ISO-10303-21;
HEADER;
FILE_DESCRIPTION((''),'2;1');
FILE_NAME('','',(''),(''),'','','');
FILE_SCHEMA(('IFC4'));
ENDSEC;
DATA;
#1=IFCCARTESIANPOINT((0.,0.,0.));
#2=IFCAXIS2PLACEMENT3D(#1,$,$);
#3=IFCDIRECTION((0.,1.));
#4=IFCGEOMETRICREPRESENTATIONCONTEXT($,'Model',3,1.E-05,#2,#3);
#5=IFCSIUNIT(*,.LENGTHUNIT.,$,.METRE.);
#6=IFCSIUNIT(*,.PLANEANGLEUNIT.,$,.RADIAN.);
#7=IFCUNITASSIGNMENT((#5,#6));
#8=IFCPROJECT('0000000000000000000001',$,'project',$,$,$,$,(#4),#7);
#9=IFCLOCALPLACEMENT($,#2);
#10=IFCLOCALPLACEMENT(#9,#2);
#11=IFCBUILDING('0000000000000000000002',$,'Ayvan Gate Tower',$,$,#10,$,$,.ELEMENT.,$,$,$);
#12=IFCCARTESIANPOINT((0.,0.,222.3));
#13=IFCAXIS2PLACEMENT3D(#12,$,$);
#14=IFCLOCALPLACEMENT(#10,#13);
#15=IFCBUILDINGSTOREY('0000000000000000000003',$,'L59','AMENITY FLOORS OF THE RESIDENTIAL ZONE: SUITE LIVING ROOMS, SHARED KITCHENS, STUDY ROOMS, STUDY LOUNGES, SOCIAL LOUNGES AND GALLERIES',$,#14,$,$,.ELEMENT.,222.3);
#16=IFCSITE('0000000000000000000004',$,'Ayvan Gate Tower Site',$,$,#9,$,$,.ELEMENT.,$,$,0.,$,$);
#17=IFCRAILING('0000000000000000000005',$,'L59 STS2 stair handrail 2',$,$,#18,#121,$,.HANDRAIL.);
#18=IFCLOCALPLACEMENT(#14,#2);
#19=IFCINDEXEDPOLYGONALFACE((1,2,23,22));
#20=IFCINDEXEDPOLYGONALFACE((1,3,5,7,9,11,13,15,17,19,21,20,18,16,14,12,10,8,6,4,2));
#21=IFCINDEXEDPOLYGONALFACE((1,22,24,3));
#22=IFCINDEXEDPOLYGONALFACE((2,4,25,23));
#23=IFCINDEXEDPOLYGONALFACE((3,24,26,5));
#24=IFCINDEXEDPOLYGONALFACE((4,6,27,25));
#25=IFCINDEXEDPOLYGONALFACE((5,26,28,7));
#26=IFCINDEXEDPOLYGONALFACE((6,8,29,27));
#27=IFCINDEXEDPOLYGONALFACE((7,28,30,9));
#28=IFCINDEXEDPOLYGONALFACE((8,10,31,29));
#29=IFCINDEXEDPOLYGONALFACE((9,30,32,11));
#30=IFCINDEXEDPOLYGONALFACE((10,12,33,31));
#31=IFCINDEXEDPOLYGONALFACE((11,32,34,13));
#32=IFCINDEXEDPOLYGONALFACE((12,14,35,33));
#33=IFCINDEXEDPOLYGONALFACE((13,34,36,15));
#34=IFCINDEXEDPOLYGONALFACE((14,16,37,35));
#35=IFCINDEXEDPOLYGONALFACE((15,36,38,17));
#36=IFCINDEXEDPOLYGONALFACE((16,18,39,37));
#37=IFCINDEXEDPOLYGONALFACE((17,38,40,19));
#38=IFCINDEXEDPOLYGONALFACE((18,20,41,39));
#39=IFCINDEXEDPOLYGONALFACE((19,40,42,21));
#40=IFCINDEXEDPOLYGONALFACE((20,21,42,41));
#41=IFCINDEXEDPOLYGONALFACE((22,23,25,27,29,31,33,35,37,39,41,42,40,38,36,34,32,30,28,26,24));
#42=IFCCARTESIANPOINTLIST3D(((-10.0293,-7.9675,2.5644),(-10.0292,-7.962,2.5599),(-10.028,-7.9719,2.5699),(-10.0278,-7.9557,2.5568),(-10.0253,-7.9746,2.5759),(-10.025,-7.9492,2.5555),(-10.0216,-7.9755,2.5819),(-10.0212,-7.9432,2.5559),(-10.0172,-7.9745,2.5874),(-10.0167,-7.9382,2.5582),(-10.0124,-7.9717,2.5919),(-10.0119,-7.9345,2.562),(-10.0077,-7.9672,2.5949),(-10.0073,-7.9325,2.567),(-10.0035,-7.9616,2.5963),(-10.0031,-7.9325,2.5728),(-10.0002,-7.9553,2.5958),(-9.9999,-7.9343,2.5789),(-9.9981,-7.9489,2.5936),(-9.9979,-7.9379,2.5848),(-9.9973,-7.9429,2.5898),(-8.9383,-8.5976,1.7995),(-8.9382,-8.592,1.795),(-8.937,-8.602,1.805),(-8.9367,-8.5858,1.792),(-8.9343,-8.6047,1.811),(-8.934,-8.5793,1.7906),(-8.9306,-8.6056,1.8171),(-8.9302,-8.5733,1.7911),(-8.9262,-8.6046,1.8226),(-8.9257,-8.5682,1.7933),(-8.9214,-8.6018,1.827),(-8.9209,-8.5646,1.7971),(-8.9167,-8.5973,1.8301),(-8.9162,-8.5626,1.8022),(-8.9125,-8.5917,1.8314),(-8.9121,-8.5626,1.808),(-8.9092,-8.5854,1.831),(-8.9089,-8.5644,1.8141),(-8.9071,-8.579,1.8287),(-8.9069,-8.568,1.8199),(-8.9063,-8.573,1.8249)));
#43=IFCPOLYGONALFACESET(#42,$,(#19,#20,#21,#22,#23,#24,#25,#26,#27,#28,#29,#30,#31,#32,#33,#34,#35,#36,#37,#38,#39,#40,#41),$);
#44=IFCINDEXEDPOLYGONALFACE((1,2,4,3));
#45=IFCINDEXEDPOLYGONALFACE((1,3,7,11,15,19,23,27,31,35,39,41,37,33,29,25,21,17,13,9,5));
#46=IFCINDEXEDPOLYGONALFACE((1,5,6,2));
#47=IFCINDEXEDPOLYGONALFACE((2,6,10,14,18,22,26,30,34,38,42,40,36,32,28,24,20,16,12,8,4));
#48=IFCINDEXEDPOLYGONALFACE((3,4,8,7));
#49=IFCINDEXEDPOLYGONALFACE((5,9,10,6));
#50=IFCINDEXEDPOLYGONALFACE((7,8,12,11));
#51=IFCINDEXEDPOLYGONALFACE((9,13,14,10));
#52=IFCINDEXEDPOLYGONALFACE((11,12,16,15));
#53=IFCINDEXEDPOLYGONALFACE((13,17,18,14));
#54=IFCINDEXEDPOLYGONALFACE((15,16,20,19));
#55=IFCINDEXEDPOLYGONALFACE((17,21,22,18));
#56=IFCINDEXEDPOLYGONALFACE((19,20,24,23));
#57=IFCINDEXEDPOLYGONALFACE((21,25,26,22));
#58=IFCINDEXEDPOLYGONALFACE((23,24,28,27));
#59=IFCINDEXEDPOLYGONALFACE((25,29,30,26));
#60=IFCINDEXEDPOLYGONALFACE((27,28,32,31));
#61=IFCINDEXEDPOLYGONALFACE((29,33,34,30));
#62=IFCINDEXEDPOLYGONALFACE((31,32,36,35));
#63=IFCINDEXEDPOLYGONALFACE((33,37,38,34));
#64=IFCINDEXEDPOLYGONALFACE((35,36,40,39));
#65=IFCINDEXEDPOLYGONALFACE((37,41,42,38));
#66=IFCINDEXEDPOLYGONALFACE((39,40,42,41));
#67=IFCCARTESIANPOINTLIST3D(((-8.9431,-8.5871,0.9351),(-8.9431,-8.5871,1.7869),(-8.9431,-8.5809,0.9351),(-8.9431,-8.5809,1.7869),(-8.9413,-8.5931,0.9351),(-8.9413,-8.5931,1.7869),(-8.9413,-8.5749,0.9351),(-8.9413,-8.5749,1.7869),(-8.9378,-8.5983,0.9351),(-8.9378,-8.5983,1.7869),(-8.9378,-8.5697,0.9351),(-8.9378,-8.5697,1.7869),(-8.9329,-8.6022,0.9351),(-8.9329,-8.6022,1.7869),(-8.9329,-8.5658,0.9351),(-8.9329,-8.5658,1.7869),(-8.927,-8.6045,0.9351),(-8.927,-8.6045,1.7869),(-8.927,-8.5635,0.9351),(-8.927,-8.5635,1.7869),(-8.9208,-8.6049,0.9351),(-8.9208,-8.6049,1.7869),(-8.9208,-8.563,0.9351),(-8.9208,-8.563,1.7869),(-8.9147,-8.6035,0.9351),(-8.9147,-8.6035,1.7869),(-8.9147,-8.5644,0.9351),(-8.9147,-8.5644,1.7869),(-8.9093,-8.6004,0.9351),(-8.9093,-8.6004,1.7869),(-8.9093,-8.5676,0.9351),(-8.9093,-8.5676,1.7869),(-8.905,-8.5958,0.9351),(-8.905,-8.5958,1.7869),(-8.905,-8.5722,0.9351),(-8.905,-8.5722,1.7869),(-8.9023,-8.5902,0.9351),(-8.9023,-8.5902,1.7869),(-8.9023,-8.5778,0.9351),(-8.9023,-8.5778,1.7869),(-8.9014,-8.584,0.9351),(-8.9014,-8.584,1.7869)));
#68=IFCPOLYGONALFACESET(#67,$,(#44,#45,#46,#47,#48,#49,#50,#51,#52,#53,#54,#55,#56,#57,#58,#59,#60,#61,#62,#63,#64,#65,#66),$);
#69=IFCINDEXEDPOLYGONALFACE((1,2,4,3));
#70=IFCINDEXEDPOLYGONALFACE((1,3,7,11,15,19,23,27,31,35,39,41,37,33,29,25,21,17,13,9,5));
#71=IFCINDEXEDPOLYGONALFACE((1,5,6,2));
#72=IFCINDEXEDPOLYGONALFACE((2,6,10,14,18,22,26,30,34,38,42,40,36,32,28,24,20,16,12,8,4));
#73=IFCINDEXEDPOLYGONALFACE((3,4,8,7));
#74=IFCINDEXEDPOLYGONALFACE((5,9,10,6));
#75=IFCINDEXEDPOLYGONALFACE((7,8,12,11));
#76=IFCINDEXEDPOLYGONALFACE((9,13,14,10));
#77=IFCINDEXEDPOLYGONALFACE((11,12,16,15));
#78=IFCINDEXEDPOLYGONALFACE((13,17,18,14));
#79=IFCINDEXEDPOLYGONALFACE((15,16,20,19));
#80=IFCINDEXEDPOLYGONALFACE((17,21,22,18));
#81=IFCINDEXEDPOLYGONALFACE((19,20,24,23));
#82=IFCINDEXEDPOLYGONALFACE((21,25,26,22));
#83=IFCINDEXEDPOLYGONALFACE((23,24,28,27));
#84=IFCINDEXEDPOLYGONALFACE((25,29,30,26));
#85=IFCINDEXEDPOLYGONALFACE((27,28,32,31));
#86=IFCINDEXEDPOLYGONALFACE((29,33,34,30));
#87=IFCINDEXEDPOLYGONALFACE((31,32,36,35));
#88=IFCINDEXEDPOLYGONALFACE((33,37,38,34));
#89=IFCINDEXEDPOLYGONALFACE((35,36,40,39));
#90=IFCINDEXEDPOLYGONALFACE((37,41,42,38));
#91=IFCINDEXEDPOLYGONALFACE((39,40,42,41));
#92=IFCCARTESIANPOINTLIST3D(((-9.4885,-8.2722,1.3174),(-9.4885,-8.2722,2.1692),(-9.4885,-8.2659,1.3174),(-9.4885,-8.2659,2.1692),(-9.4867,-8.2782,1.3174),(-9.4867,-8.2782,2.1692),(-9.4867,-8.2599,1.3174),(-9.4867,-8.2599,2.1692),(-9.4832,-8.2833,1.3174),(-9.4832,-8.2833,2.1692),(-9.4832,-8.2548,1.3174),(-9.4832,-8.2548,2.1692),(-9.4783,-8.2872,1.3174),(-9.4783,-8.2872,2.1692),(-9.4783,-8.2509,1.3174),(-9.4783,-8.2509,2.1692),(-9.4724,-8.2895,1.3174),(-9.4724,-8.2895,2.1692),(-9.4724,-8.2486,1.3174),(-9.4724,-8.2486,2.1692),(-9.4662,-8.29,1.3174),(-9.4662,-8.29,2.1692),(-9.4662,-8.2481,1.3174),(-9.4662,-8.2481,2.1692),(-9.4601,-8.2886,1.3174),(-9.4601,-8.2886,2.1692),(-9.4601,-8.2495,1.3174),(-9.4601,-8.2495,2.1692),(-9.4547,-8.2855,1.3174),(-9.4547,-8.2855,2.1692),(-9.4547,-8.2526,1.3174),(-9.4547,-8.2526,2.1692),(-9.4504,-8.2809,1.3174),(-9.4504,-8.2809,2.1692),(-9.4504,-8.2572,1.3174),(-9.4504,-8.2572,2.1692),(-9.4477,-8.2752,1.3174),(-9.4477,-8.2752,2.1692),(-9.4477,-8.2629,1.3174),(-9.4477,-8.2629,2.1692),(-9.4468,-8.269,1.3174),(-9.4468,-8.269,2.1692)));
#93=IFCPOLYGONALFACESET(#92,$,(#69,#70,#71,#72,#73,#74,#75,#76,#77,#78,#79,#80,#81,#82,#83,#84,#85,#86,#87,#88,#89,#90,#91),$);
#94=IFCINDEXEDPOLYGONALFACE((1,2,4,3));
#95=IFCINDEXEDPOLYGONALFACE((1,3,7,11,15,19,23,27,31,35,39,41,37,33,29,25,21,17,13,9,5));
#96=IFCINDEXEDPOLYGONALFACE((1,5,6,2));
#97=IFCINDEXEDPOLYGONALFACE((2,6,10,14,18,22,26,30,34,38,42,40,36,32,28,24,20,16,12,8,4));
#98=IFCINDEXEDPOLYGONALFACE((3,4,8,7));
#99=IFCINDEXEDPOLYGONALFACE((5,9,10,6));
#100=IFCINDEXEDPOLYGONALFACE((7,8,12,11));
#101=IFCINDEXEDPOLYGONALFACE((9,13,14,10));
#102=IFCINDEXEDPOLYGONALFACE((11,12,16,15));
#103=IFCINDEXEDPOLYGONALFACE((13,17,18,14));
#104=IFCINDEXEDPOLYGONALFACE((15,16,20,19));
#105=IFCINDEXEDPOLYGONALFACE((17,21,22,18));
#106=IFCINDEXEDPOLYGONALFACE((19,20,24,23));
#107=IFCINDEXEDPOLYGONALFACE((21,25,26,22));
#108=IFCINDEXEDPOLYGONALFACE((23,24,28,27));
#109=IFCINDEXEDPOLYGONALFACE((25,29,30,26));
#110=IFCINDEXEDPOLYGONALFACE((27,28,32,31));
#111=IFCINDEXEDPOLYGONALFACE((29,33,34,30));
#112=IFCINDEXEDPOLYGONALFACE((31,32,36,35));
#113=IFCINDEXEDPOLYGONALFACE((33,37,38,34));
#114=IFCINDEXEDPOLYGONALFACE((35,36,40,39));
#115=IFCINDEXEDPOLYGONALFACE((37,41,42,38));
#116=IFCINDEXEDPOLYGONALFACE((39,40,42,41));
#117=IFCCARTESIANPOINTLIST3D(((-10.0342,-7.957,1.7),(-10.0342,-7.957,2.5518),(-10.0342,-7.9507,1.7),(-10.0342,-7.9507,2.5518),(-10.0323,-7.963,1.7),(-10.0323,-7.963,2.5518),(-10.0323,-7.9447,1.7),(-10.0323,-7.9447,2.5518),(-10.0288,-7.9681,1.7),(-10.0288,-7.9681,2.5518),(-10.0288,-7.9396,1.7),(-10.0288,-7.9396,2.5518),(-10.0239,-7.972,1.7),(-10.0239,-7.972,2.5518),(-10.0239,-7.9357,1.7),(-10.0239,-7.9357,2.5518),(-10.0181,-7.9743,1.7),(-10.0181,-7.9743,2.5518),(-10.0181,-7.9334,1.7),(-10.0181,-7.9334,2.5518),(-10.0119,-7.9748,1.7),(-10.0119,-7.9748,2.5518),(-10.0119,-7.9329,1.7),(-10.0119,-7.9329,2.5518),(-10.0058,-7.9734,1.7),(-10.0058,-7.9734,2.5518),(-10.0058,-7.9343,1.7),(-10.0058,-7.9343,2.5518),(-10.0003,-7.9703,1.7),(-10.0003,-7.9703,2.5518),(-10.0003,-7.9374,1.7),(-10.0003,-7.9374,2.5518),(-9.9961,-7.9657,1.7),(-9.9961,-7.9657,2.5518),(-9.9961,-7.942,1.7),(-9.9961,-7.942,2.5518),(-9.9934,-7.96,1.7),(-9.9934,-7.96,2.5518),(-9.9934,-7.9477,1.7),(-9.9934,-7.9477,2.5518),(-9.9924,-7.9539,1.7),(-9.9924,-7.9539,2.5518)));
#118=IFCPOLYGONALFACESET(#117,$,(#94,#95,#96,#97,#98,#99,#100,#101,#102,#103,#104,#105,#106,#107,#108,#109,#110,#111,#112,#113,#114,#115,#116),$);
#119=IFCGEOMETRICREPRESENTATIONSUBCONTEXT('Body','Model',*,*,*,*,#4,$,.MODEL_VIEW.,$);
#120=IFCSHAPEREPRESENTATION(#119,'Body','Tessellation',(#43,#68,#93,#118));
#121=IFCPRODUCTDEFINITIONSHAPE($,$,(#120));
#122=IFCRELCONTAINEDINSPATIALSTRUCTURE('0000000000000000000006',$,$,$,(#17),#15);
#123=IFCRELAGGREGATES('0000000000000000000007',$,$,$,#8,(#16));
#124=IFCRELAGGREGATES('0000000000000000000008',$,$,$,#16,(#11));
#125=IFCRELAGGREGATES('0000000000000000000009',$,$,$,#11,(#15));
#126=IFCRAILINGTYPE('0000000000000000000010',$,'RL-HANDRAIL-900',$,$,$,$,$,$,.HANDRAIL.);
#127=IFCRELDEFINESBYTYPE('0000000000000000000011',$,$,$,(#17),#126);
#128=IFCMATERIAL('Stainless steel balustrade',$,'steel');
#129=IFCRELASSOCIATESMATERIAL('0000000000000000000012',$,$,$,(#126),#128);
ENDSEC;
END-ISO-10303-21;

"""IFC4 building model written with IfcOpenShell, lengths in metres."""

from ifc_helpers import new_model, si_unit, direction, frame, origin, origin_2d, place, context, subcontext, project, spatial, circle, extrude, material, type_object, element, save


model = new_model("IFC4")

# Units and contexts
model_context = context("Model", 3, precision=1e-05, world=origin(), true_north=direction((0.0, 1.0)))
body_context = subcontext(model_context, "Body", "Model", "MODEL_VIEW")
ifc_project = project(units=[si_unit("LENGTHUNIT", "METRE"), si_unit("PLANEANGLEUNIT", "RADIAN")], contexts=[model_context])

# Site, building, storey
site_placement = place(None, origin())
site = spatial("IfcSite", under=ifc_project, at=site_placement, Name="Ayvan Gate Tower Site", CompositionType="ELEMENT", RefElevation=0.0)
building_placement = place(site_placement, origin())
building = spatial("IfcBuilding", under=site, at=building_placement, Name="Ayvan Gate Tower", CompositionType="ELEMENT")
storey_placement = place(building_placement, frame((0.0, 0.0, 222.3)))
storey = spatial("IfcBuildingStorey", under=building, at=storey_placement, Name="L59", Description="AMENITY FLOORS OF THE RESIDENTIAL ZONE: SUITE LIVING ROOMS, SHARED KITCHENS, STUDY ROOMS, STUDY LOUNGES, SOCIAL LOUNGES AND GALLERIES", CompositionType="ELEMENT", Elevation=222.3)

# Railing
ifc_material_1 = material(Name="Stainless steel balustrade", Category="steel")
railing_type_1 = type_object("IfcRailingType", Name="RL-HANDRAIL-900", PredefinedType="HANDRAIL", material=ifc_material_1)
railing_1_placement = place(storey_placement, frame((-8.9224, -8.584, 0.9351)))
element("IfcRailing", 1, at=railing_1_placement, inside=storey, type_object=railing_type_1, Name="L59 STS2 stair handrail 2", PredefinedType="HANDRAIL", context=body_context, shape_type="SweptSolid", body=[
    extrude(circle(Radius=0.0239, at=origin_2d()), frame((0.0, 0.0, 0.876), z_axis=(-0.740229, 0.427508, 0.518939), x_axis=(-0.500119, -0.865956, 0.0)), (0.0, 0.0, 1.0), 1.4739),
    extrude(circle(Radius=0.021, at=origin_2d()), origin(), (0.0, 0.0, 1.0), 0.8518),
    extrude(circle(Radius=0.021, at=origin_2d()), frame((-0.5454, 0.3149, 0.3823)), (0.0, 0.0, 1.0), 0.8518),
    extrude(circle(Radius=0.021, at=origin_2d()), frame((-1.0911, 0.6301, 0.7649)), (0.0, 0.0, 1.0), 0.8518),
])

save(model, "model.ifc")
